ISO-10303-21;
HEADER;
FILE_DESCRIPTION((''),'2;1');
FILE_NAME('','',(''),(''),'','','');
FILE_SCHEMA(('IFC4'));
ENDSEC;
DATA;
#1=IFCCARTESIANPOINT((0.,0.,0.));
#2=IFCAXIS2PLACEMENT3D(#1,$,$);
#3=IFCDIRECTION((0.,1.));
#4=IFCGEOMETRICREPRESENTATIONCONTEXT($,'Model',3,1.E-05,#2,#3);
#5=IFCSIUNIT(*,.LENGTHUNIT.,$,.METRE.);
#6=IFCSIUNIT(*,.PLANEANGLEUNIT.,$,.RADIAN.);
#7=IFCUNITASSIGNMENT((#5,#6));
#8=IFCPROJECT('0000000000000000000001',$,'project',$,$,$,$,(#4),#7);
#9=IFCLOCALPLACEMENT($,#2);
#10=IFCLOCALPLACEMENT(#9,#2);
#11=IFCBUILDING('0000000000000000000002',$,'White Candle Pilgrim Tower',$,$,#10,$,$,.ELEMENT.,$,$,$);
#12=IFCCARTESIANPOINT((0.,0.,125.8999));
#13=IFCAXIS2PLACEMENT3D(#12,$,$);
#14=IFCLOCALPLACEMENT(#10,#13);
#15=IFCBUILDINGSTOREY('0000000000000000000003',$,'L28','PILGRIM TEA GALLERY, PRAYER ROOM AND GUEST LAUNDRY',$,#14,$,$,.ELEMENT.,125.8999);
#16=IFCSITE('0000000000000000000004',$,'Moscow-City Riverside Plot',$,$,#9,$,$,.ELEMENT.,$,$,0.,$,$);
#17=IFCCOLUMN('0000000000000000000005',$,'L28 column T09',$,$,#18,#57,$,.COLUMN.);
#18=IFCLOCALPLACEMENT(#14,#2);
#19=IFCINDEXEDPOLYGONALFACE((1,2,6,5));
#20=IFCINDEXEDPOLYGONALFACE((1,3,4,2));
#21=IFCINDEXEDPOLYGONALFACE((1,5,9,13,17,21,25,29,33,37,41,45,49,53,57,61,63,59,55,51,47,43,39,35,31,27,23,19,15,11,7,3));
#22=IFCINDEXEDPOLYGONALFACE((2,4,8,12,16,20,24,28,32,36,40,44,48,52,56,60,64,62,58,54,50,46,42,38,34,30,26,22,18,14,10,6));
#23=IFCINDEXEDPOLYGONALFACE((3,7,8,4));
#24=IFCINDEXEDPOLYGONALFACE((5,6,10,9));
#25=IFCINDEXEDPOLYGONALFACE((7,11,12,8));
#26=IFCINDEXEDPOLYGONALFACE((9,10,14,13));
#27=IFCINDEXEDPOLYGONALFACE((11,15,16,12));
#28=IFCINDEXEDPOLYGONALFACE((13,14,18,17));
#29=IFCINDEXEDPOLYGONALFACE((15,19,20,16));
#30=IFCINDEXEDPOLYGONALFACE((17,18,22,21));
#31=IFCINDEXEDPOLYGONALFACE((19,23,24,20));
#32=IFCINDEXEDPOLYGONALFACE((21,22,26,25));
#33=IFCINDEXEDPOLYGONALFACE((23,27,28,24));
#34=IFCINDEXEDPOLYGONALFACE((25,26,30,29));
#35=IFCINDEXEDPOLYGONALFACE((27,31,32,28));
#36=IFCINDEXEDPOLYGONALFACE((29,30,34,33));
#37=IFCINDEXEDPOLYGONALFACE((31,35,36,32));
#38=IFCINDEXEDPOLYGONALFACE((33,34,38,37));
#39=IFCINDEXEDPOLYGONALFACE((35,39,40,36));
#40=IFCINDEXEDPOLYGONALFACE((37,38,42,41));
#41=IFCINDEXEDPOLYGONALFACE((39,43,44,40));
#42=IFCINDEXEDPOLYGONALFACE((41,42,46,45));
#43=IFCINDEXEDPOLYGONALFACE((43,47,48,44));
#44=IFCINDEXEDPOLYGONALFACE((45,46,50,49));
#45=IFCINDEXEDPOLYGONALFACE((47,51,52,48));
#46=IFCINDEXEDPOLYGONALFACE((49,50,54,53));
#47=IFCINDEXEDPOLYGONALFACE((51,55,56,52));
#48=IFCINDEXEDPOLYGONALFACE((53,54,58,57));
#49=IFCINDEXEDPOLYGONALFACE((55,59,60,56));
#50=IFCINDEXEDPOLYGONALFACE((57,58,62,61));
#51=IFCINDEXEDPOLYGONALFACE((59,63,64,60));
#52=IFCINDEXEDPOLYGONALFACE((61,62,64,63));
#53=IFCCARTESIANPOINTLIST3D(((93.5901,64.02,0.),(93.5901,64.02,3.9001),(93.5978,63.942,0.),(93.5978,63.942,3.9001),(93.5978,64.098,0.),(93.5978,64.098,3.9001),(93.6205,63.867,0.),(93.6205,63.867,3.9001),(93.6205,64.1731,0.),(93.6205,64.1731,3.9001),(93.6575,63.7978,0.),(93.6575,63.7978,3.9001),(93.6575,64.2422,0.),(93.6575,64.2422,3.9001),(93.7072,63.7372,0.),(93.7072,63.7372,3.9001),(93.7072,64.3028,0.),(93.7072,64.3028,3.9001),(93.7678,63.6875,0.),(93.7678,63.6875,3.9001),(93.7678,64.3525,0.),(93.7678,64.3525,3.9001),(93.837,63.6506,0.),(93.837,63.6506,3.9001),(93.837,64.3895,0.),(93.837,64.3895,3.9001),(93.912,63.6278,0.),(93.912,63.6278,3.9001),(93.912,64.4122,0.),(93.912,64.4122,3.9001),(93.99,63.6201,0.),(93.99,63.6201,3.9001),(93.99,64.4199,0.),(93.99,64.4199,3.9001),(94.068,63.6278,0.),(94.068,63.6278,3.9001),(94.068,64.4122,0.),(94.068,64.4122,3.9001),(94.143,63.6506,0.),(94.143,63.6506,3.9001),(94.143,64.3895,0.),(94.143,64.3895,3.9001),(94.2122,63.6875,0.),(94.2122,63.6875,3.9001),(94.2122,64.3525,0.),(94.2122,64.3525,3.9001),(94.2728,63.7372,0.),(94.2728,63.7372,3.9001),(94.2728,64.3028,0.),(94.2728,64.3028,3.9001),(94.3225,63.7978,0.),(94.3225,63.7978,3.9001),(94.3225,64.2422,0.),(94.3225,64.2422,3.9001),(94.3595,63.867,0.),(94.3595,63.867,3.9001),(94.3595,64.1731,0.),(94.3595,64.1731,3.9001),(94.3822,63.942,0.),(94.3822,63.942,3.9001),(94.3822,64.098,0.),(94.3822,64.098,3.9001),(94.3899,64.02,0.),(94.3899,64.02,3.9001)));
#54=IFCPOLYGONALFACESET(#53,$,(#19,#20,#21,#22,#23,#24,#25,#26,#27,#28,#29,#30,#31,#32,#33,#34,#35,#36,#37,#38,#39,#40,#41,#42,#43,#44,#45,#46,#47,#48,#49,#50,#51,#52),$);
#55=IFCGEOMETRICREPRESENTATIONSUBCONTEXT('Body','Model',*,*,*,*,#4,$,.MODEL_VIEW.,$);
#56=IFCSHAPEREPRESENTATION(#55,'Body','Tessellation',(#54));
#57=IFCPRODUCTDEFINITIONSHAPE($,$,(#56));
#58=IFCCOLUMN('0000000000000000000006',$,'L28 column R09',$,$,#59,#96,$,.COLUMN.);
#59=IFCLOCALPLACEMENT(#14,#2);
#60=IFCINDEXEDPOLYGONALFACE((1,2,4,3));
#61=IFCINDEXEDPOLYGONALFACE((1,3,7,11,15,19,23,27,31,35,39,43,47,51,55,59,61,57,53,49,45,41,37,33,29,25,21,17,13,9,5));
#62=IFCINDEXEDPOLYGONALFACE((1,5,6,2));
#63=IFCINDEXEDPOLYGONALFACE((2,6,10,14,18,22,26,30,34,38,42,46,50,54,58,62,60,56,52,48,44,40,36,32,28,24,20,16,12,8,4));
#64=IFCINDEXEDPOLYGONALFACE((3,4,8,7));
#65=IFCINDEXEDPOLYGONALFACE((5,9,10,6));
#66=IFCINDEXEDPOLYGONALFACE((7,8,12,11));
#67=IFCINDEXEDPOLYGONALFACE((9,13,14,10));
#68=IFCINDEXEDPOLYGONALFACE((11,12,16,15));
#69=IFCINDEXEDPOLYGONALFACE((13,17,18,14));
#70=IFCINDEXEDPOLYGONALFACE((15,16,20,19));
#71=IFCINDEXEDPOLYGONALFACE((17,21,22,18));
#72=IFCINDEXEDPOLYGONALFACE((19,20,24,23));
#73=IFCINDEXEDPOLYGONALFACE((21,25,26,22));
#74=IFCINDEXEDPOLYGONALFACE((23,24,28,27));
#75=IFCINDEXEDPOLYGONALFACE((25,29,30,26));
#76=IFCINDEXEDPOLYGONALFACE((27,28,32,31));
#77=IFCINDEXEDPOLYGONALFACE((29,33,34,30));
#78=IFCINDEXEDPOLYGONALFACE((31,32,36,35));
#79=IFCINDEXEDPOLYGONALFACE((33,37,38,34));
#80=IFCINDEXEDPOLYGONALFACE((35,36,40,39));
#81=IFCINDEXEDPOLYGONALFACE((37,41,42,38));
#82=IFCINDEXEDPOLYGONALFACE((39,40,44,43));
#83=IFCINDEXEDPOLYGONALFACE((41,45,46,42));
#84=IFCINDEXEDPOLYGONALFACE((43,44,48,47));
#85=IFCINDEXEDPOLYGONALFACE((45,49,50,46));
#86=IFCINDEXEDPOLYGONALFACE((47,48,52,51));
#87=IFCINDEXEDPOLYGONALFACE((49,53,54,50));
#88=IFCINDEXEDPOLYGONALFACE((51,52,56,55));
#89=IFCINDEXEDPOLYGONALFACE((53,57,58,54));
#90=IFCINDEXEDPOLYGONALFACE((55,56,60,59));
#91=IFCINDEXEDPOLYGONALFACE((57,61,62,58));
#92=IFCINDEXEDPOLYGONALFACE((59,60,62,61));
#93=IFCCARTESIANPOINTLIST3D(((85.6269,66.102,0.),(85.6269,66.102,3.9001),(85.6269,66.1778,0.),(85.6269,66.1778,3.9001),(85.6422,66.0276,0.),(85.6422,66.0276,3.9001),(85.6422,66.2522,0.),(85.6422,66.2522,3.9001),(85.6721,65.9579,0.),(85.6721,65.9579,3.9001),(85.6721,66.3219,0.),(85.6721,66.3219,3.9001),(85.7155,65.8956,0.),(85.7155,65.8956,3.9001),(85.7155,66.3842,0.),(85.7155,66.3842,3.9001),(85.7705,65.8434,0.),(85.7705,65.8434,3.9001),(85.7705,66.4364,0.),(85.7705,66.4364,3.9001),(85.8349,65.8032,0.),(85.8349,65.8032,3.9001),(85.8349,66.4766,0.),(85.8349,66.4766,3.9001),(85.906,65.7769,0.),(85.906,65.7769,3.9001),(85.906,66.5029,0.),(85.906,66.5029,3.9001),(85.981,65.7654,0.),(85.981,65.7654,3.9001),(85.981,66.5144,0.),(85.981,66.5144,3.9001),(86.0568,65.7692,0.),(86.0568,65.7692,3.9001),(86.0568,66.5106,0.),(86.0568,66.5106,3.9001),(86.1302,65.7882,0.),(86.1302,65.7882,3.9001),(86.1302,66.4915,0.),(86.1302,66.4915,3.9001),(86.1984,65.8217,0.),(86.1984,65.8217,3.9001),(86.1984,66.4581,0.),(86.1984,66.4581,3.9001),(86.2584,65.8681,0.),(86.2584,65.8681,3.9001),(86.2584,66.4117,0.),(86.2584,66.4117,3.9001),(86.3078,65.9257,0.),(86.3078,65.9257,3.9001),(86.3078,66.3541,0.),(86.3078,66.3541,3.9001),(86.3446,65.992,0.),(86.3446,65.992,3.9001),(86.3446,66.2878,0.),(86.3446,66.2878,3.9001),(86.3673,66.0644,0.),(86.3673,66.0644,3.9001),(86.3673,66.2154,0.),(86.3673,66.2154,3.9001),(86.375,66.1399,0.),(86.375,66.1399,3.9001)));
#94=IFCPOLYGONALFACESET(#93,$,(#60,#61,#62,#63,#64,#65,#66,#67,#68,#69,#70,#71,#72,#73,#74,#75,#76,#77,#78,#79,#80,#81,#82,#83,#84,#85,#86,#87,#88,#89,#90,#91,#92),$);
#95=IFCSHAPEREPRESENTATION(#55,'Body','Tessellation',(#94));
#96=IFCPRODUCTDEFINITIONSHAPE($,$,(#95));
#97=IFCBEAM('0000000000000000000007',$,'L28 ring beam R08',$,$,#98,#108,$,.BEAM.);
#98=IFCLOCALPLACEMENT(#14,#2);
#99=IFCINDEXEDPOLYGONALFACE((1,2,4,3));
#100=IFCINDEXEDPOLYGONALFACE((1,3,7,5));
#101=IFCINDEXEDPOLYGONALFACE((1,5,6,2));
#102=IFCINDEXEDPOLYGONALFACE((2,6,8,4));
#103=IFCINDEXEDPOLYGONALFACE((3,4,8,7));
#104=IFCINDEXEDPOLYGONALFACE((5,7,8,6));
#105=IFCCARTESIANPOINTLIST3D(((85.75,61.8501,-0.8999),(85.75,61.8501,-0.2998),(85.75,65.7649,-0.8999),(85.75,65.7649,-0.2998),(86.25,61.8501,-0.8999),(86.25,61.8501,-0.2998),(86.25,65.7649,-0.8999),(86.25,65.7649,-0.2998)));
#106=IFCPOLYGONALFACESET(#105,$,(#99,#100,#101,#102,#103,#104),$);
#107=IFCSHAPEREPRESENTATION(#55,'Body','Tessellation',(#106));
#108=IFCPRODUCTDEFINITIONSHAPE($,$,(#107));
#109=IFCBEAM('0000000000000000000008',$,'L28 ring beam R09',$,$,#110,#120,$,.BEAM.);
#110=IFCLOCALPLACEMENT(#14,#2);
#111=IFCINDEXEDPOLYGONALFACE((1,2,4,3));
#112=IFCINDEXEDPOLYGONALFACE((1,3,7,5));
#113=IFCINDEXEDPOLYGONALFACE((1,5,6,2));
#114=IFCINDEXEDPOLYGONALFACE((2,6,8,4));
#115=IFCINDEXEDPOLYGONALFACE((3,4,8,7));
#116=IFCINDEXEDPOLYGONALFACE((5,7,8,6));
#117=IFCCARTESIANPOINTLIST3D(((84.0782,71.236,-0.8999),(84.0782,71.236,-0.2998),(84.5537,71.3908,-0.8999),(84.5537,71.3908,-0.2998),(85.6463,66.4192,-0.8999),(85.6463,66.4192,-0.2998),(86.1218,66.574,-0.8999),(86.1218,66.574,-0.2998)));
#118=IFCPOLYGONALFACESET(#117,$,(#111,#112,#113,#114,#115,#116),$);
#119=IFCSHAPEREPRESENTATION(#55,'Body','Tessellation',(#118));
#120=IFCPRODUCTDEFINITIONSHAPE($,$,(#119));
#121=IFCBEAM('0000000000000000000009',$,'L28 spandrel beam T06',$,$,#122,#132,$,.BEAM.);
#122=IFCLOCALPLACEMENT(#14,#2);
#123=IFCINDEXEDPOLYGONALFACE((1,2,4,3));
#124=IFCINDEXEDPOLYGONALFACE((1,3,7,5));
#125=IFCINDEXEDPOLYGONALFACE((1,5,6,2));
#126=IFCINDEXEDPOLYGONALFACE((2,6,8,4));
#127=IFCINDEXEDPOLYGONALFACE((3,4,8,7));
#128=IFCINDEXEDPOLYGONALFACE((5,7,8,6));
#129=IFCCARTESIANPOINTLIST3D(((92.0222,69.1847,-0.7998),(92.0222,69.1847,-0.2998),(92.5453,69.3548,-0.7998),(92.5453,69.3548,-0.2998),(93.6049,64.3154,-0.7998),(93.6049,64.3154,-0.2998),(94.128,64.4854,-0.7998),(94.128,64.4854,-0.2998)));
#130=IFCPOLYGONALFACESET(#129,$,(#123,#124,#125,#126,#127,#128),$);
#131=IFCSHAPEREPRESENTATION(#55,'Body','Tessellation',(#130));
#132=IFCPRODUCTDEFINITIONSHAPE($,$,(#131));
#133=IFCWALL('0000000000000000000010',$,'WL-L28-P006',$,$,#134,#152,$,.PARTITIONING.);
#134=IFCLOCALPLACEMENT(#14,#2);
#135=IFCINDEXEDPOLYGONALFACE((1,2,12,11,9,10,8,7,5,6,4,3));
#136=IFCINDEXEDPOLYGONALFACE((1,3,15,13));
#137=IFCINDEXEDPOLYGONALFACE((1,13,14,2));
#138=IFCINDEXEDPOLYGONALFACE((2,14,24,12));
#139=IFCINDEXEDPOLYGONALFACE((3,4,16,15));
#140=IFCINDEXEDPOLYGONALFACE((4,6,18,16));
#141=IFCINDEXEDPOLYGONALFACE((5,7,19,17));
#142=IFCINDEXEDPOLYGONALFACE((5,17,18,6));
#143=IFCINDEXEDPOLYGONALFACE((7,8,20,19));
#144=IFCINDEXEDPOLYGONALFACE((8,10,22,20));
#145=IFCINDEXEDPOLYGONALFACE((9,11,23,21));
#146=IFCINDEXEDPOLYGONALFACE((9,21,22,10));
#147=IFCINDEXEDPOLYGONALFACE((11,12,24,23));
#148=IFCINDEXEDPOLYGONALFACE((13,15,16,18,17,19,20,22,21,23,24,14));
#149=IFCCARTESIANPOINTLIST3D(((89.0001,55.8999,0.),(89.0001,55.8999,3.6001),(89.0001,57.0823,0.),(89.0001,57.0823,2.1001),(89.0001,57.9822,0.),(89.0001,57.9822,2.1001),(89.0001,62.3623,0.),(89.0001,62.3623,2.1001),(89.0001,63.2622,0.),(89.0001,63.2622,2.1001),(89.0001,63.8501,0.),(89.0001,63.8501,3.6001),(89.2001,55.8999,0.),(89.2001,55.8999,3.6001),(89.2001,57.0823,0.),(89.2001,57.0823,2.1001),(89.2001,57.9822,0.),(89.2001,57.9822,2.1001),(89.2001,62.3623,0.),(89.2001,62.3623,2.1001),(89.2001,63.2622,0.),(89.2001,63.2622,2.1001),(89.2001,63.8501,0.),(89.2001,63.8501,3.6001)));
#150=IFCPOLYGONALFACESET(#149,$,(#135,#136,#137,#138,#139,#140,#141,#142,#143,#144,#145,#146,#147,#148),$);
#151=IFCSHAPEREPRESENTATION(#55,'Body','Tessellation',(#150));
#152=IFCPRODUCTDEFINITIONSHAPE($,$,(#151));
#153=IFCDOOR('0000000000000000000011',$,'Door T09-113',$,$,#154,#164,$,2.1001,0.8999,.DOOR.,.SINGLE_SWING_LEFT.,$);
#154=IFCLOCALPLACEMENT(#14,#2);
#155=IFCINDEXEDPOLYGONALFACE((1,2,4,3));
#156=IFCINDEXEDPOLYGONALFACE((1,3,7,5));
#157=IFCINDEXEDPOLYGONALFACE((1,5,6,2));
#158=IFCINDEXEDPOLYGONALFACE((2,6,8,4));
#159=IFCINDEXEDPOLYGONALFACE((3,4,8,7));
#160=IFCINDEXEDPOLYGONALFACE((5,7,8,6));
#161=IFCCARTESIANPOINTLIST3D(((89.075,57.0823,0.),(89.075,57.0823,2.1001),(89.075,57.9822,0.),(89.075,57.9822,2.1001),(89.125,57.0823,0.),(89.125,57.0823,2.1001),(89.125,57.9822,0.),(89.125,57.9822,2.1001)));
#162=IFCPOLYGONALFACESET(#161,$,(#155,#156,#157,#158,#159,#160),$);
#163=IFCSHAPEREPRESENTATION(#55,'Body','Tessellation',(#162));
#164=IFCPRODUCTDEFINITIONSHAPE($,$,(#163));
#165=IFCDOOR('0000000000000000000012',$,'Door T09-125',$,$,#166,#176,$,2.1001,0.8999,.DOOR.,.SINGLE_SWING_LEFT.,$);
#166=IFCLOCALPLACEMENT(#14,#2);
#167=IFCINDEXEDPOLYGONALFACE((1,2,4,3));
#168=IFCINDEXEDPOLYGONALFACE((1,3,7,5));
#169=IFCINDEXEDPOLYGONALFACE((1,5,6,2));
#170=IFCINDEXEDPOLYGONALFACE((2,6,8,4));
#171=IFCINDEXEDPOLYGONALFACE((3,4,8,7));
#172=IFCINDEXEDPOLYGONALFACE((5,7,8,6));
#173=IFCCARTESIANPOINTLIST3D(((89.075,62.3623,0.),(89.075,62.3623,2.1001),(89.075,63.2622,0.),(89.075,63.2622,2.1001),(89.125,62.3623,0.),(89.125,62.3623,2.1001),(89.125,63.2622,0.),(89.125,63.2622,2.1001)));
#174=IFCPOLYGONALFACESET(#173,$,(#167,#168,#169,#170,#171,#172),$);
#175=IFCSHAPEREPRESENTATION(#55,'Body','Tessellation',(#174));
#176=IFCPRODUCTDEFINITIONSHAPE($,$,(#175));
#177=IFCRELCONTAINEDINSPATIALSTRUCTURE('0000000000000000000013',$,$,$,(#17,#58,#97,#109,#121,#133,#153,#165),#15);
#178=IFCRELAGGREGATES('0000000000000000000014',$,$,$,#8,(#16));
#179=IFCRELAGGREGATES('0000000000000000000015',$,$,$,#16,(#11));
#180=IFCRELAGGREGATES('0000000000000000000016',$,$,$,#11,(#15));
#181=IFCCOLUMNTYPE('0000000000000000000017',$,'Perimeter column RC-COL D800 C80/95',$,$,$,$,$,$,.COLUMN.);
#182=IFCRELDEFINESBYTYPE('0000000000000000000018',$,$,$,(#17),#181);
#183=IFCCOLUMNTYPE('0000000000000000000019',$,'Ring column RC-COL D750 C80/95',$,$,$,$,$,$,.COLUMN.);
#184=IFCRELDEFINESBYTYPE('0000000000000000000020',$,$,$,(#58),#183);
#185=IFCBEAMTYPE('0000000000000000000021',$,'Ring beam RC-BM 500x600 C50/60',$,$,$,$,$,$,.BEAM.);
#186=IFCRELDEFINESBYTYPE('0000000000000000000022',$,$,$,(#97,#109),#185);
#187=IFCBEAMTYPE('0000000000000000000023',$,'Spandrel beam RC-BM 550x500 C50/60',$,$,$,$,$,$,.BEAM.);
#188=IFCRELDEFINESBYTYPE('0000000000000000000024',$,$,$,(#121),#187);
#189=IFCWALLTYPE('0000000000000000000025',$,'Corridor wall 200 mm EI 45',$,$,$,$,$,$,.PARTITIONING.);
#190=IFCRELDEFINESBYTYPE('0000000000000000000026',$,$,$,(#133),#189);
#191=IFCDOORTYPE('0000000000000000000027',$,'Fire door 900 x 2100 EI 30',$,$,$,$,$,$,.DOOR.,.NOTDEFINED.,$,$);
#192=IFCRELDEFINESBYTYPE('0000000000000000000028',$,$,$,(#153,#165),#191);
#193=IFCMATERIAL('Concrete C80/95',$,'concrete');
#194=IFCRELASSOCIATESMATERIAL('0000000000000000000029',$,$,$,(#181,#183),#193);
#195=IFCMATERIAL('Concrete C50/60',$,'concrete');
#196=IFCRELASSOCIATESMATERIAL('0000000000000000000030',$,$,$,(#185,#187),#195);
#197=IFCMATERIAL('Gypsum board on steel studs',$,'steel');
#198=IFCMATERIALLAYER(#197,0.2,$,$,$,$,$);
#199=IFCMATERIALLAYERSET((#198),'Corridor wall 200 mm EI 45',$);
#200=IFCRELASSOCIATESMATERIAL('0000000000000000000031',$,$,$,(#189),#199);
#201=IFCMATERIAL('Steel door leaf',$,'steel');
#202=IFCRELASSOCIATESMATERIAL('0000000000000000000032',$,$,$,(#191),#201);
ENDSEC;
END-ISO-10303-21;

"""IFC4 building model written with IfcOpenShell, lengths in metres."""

from ifc_helpers import new_model, si_unit, direction, frame, frame_2d, origin, origin_2d, place, context, subcontext, project, spatial, rectangle, circle, extrude, material, layer, layer_set, material_profile, profile_set, type_object, element, fill, save


model = new_model("IFC4")

# Units and contexts
model_context = context("Model", 3, precision=1e-05, world=origin(), true_north=direction((0.0, 1.0)))
body_context = subcontext(model_context, "Body", "Model", "MODEL_VIEW")
ifc_project = project(units=[si_unit("LENGTHUNIT", "METRE"), si_unit("PLANEANGLEUNIT", "RADIAN")], contexts=[model_context])

# Site, building, storey
site_placement = place(None, origin())
site = spatial("IfcSite", under=ifc_project, at=site_placement, Name="Moscow-City Riverside Plot", CompositionType="ELEMENT", RefElevation=0.0)
building_placement = place(site_placement, origin())
building = spatial("IfcBuilding", under=site, at=building_placement, Name="White Candle Pilgrim Tower", CompositionType="ELEMENT")
storey_placement = place(building_placement, frame((0.0, 0.0, 125.8999)))
storey = spatial("IfcBuildingStorey", under=building, at=storey_placement, Name="L28", Description="PILGRIM TEA GALLERY, PRAYER ROOM AND GUEST LAUNDRY", CompositionType="ELEMENT", Elevation=125.8999)

# Columns
ifc_material_1 = material(Name="Concrete C80/95", Category="concrete")
ifc_material_profile_1 = material_profile(ifc_material_1, circle(Radius=0.3999, at=origin_2d()), Name="RC-COL D800")
ifc_profile_set_1 = profile_set([ifc_material_profile_1], Name="Concrete C80/95")
column_type_1 = type_object("IfcColumnType", Name="Perimeter column RC-COL D800 C80/95", PredefinedType="COLUMN", material=ifc_profile_set_1)
column_1_placement = place(storey_placement, frame((93.99, 64.02, 0.0), z_axis=(0.0, 0.0, 1.0), x_axis=(1.0, 0.0, 0.0)))
element("IfcColumn", 1, at=column_1_placement, inside=storey, type_object=column_type_1, Name="L28 column T09", PredefinedType="COLUMN", context=body_context, shape_type="SweptSolid", body=[
    extrude(circle(Radius=0.3999, at=origin_2d()), origin(), (0.0, 0.0, 1.0), 3.9001),
])
ifc_material_profile_2 = material_profile(ifc_material_1, circle(Radius=0.375, at=origin_2d()), Name="RC-COL D750")
ifc_profile_set_2 = profile_set([ifc_material_profile_2], Name="Concrete C80/95")
column_type_2 = type_object("IfcColumnType", Name="Ring column RC-COL D750 C80/95", PredefinedType="COLUMN", material=ifc_profile_set_2)
column_2_placement = place(storey_placement, frame((86.0, 66.1399, 0.0), z_axis=(0.0, 0.0, 1.0), x_axis=(1.0, 0.0, 0.0)))
element("IfcColumn", 2, at=column_2_placement, inside=storey, type_object=column_type_2, Name="L28 column R09", PredefinedType="COLUMN", context=body_context, shape_type="SweptSolid", body=[
    extrude(circle(Radius=0.375, at=origin_2d()), origin(), (0.0, 0.0, 1.0), 3.9001),
])

# Beams
ifc_material_2 = material(Name="Concrete C50/60", Category="concrete")
ifc_material_profile_3 = material_profile(ifc_material_2, rectangle(XDim=0.5, YDim=0.6001, at=origin_2d()), Name="RC-BM 500x600")
ifc_profile_set_3 = profile_set([ifc_material_profile_3], Name="Concrete C50/60")
beam_type_1 = type_object("IfcBeamType", Name="Ring beam RC-BM 500x600 C50/60", PredefinedType="BEAM", material=ifc_profile_set_3)
beam_1_placement = place(storey_placement, frame((86.0, 65.7649, -0.5999), z_axis=(0.0, -1.0, 0.0), x_axis=(1.0, 0.0, 0.0)))
element("IfcBeam", 3, at=beam_1_placement, inside=storey, type_object=beam_type_1, Name="L28 ring beam R08", PredefinedType="BEAM", context=body_context, shape_type="SweptSolid", body=[
    extrude(rectangle(XDim=0.5, YDim=0.6001, at=origin_2d()), origin(), (0.0, 0.0, 1.0), 3.9148),
])
beam_2_placement = place(storey_placement, frame((85.884, 66.4966, -0.5999), z_axis=(-0.309555, 0.950882, 0.0), x_axis=(-0.950882, -0.309555, 0.0)))
element("IfcBeam", 4, at=beam_2_placement, inside=storey, type_object=beam_type_1, Name="L28 ring beam R09", PredefinedType="BEAM", context=body_context, shape_type="SweptSolid", body=[
    extrude(rectangle(XDim=0.5, YDim=0.6001, at=origin_2d()), origin(), (0.0, 0.0, 1.0), 5.0657),
])
ifc_material_profile_4 = material_profile(ifc_material_2, rectangle(XDim=0.55, YDim=0.5, at=origin_2d()), Name="RC-BM 550x500")
ifc_profile_set_4 = profile_set([ifc_material_profile_4], Name="Concrete C50/60")
beam_type_2 = type_object("IfcBeamType", Name="Spandrel beam RC-BM 550x500 C50/60", PredefinedType="BEAM", material=ifc_profile_set_4)
beam_3_placement = place(storey_placement, frame((93.8665, 64.4004, -0.5498), z_axis=(-0.309124, 0.951022, 0.0), x_axis=(-0.951022, -0.309124, 0.0)))
element("IfcBeam", 5, at=beam_3_placement, inside=storey, type_object=beam_type_2, Name="L28 spandrel beam T06", PredefinedType="BEAM", context=body_context, shape_type="SweptSolid", body=[
    extrude(rectangle(XDim=0.55, YDim=0.5, at=origin_2d()), origin(), (0.0, 0.0, 1.0), 5.1201),
])

# Wall, openings, doors
ifc_material_3 = material(Name="Gypsum board on steel studs", Category="steel")
ifc_layer_1 = layer(ifc_material_3, 0.2)
ifc_layer_set_1 = layer_set([ifc_layer_1], Name="Corridor wall 200 mm EI 45")
wall_type_1 = type_object("IfcWallType", Name="Corridor wall 200 mm EI 45", PredefinedType="PARTITIONING", material=ifc_layer_set_1)
wall_1_placement = place(storey_placement, frame((89.1001, 63.8501, 0.0), z_axis=(0.0, 0.0, 1.0), x_axis=(0.0, -1.0, 0.0)))
wall_1 = element("IfcWall", 6, at=wall_1_placement, inside=storey, type_object=wall_type_1, Name="WL-L28-P006", PredefinedType="PARTITIONING", context=body_context, shape_type="SweptSolid", body=[
    extrude(rectangle(XDim=7.9502, YDim=0.2, at=frame_2d((3.9751, 0.0))), origin(), (0.0, 0.0, 1.0), 3.6001),
])
opening_1_placement = place(wall_1_placement, frame((5.8679, 0.0, 0.0)))
opening_1 = element("IfcOpeningElement", 7, at=opening_1_placement, cuts=wall_1, PredefinedType="OPENING", context=body_context, shape_type="SweptSolid", body=[
    extrude(rectangle(XDim=0.8999, YDim=2.1001, at=frame_2d((0.45, 1.05))), frame((0.0, 0.1099, 0.0), z_axis=(0.0, -1.0, 0.0), x_axis=(1.0, 0.0, 0.0)), (0.0, 0.0, 1.0), 0.22),
])
opening_2_placement = place(wall_1_placement, frame((0.5879, 0.0, 0.0)))
opening_2 = element("IfcOpeningElement", 8, at=opening_2_placement, cuts=wall_1, PredefinedType="OPENING", context=body_context, shape_type="SweptSolid", body=[
    extrude(rectangle(XDim=0.8999, YDim=2.1001, at=frame_2d((0.45, 1.05))), frame((0.0, 0.1099, 0.0), z_axis=(0.0, -1.0, 0.0), x_axis=(1.0, 0.0, 0.0)), (0.0, 0.0, 1.0), 0.22),
])
ifc_material_4 = material(Name="Steel door leaf", Category="steel")
door_type_1 = type_object("IfcDoorType", Name="Fire door 900 x 2100 EI 30", OperationType="NOTDEFINED", PredefinedType="DOOR", material=ifc_material_4)
door_1_placement = place(opening_1_placement, origin())
door_1 = element("IfcDoor", 9, at=door_1_placement, inside=storey, type_object=door_type_1, Name="Door T09-113", OperationType="SINGLE_SWING_LEFT", OverallHeight=2.1001, OverallWidth=0.8999, PredefinedType="DOOR", context=body_context, shape_type="SweptSolid", body=[
    extrude(rectangle(XDim=0.8999, YDim=2.1001, at=frame_2d((0.45, 1.05))), frame((0.0, 0.0249, 0.0), z_axis=(0.0, -1.0, 0.0), x_axis=(1.0, 0.0, 0.0)), (0.0, 0.0, 1.0), 0.05),
])
fill(opening_1, door_1)
door_2_placement = place(opening_2_placement, origin())
door_2 = element("IfcDoor", 10, at=door_2_placement, inside=storey, type_object=door_type_1, Name="Door T09-125", OperationType="SINGLE_SWING_LEFT", OverallHeight=2.1001, OverallWidth=0.8999, PredefinedType="DOOR", context=body_context, shape_type="SweptSolid", body=[
    extrude(rectangle(XDim=0.8999, YDim=2.1001, at=frame_2d((0.45, 1.05))), frame((0.0, 0.0249, 0.0), z_axis=(0.0, -1.0, 0.0), x_axis=(1.0, 0.0, 0.0)), (0.0, 0.0, 1.0), 0.05),
])
fill(opening_2, door_2)

save(model, "model.ifc")
